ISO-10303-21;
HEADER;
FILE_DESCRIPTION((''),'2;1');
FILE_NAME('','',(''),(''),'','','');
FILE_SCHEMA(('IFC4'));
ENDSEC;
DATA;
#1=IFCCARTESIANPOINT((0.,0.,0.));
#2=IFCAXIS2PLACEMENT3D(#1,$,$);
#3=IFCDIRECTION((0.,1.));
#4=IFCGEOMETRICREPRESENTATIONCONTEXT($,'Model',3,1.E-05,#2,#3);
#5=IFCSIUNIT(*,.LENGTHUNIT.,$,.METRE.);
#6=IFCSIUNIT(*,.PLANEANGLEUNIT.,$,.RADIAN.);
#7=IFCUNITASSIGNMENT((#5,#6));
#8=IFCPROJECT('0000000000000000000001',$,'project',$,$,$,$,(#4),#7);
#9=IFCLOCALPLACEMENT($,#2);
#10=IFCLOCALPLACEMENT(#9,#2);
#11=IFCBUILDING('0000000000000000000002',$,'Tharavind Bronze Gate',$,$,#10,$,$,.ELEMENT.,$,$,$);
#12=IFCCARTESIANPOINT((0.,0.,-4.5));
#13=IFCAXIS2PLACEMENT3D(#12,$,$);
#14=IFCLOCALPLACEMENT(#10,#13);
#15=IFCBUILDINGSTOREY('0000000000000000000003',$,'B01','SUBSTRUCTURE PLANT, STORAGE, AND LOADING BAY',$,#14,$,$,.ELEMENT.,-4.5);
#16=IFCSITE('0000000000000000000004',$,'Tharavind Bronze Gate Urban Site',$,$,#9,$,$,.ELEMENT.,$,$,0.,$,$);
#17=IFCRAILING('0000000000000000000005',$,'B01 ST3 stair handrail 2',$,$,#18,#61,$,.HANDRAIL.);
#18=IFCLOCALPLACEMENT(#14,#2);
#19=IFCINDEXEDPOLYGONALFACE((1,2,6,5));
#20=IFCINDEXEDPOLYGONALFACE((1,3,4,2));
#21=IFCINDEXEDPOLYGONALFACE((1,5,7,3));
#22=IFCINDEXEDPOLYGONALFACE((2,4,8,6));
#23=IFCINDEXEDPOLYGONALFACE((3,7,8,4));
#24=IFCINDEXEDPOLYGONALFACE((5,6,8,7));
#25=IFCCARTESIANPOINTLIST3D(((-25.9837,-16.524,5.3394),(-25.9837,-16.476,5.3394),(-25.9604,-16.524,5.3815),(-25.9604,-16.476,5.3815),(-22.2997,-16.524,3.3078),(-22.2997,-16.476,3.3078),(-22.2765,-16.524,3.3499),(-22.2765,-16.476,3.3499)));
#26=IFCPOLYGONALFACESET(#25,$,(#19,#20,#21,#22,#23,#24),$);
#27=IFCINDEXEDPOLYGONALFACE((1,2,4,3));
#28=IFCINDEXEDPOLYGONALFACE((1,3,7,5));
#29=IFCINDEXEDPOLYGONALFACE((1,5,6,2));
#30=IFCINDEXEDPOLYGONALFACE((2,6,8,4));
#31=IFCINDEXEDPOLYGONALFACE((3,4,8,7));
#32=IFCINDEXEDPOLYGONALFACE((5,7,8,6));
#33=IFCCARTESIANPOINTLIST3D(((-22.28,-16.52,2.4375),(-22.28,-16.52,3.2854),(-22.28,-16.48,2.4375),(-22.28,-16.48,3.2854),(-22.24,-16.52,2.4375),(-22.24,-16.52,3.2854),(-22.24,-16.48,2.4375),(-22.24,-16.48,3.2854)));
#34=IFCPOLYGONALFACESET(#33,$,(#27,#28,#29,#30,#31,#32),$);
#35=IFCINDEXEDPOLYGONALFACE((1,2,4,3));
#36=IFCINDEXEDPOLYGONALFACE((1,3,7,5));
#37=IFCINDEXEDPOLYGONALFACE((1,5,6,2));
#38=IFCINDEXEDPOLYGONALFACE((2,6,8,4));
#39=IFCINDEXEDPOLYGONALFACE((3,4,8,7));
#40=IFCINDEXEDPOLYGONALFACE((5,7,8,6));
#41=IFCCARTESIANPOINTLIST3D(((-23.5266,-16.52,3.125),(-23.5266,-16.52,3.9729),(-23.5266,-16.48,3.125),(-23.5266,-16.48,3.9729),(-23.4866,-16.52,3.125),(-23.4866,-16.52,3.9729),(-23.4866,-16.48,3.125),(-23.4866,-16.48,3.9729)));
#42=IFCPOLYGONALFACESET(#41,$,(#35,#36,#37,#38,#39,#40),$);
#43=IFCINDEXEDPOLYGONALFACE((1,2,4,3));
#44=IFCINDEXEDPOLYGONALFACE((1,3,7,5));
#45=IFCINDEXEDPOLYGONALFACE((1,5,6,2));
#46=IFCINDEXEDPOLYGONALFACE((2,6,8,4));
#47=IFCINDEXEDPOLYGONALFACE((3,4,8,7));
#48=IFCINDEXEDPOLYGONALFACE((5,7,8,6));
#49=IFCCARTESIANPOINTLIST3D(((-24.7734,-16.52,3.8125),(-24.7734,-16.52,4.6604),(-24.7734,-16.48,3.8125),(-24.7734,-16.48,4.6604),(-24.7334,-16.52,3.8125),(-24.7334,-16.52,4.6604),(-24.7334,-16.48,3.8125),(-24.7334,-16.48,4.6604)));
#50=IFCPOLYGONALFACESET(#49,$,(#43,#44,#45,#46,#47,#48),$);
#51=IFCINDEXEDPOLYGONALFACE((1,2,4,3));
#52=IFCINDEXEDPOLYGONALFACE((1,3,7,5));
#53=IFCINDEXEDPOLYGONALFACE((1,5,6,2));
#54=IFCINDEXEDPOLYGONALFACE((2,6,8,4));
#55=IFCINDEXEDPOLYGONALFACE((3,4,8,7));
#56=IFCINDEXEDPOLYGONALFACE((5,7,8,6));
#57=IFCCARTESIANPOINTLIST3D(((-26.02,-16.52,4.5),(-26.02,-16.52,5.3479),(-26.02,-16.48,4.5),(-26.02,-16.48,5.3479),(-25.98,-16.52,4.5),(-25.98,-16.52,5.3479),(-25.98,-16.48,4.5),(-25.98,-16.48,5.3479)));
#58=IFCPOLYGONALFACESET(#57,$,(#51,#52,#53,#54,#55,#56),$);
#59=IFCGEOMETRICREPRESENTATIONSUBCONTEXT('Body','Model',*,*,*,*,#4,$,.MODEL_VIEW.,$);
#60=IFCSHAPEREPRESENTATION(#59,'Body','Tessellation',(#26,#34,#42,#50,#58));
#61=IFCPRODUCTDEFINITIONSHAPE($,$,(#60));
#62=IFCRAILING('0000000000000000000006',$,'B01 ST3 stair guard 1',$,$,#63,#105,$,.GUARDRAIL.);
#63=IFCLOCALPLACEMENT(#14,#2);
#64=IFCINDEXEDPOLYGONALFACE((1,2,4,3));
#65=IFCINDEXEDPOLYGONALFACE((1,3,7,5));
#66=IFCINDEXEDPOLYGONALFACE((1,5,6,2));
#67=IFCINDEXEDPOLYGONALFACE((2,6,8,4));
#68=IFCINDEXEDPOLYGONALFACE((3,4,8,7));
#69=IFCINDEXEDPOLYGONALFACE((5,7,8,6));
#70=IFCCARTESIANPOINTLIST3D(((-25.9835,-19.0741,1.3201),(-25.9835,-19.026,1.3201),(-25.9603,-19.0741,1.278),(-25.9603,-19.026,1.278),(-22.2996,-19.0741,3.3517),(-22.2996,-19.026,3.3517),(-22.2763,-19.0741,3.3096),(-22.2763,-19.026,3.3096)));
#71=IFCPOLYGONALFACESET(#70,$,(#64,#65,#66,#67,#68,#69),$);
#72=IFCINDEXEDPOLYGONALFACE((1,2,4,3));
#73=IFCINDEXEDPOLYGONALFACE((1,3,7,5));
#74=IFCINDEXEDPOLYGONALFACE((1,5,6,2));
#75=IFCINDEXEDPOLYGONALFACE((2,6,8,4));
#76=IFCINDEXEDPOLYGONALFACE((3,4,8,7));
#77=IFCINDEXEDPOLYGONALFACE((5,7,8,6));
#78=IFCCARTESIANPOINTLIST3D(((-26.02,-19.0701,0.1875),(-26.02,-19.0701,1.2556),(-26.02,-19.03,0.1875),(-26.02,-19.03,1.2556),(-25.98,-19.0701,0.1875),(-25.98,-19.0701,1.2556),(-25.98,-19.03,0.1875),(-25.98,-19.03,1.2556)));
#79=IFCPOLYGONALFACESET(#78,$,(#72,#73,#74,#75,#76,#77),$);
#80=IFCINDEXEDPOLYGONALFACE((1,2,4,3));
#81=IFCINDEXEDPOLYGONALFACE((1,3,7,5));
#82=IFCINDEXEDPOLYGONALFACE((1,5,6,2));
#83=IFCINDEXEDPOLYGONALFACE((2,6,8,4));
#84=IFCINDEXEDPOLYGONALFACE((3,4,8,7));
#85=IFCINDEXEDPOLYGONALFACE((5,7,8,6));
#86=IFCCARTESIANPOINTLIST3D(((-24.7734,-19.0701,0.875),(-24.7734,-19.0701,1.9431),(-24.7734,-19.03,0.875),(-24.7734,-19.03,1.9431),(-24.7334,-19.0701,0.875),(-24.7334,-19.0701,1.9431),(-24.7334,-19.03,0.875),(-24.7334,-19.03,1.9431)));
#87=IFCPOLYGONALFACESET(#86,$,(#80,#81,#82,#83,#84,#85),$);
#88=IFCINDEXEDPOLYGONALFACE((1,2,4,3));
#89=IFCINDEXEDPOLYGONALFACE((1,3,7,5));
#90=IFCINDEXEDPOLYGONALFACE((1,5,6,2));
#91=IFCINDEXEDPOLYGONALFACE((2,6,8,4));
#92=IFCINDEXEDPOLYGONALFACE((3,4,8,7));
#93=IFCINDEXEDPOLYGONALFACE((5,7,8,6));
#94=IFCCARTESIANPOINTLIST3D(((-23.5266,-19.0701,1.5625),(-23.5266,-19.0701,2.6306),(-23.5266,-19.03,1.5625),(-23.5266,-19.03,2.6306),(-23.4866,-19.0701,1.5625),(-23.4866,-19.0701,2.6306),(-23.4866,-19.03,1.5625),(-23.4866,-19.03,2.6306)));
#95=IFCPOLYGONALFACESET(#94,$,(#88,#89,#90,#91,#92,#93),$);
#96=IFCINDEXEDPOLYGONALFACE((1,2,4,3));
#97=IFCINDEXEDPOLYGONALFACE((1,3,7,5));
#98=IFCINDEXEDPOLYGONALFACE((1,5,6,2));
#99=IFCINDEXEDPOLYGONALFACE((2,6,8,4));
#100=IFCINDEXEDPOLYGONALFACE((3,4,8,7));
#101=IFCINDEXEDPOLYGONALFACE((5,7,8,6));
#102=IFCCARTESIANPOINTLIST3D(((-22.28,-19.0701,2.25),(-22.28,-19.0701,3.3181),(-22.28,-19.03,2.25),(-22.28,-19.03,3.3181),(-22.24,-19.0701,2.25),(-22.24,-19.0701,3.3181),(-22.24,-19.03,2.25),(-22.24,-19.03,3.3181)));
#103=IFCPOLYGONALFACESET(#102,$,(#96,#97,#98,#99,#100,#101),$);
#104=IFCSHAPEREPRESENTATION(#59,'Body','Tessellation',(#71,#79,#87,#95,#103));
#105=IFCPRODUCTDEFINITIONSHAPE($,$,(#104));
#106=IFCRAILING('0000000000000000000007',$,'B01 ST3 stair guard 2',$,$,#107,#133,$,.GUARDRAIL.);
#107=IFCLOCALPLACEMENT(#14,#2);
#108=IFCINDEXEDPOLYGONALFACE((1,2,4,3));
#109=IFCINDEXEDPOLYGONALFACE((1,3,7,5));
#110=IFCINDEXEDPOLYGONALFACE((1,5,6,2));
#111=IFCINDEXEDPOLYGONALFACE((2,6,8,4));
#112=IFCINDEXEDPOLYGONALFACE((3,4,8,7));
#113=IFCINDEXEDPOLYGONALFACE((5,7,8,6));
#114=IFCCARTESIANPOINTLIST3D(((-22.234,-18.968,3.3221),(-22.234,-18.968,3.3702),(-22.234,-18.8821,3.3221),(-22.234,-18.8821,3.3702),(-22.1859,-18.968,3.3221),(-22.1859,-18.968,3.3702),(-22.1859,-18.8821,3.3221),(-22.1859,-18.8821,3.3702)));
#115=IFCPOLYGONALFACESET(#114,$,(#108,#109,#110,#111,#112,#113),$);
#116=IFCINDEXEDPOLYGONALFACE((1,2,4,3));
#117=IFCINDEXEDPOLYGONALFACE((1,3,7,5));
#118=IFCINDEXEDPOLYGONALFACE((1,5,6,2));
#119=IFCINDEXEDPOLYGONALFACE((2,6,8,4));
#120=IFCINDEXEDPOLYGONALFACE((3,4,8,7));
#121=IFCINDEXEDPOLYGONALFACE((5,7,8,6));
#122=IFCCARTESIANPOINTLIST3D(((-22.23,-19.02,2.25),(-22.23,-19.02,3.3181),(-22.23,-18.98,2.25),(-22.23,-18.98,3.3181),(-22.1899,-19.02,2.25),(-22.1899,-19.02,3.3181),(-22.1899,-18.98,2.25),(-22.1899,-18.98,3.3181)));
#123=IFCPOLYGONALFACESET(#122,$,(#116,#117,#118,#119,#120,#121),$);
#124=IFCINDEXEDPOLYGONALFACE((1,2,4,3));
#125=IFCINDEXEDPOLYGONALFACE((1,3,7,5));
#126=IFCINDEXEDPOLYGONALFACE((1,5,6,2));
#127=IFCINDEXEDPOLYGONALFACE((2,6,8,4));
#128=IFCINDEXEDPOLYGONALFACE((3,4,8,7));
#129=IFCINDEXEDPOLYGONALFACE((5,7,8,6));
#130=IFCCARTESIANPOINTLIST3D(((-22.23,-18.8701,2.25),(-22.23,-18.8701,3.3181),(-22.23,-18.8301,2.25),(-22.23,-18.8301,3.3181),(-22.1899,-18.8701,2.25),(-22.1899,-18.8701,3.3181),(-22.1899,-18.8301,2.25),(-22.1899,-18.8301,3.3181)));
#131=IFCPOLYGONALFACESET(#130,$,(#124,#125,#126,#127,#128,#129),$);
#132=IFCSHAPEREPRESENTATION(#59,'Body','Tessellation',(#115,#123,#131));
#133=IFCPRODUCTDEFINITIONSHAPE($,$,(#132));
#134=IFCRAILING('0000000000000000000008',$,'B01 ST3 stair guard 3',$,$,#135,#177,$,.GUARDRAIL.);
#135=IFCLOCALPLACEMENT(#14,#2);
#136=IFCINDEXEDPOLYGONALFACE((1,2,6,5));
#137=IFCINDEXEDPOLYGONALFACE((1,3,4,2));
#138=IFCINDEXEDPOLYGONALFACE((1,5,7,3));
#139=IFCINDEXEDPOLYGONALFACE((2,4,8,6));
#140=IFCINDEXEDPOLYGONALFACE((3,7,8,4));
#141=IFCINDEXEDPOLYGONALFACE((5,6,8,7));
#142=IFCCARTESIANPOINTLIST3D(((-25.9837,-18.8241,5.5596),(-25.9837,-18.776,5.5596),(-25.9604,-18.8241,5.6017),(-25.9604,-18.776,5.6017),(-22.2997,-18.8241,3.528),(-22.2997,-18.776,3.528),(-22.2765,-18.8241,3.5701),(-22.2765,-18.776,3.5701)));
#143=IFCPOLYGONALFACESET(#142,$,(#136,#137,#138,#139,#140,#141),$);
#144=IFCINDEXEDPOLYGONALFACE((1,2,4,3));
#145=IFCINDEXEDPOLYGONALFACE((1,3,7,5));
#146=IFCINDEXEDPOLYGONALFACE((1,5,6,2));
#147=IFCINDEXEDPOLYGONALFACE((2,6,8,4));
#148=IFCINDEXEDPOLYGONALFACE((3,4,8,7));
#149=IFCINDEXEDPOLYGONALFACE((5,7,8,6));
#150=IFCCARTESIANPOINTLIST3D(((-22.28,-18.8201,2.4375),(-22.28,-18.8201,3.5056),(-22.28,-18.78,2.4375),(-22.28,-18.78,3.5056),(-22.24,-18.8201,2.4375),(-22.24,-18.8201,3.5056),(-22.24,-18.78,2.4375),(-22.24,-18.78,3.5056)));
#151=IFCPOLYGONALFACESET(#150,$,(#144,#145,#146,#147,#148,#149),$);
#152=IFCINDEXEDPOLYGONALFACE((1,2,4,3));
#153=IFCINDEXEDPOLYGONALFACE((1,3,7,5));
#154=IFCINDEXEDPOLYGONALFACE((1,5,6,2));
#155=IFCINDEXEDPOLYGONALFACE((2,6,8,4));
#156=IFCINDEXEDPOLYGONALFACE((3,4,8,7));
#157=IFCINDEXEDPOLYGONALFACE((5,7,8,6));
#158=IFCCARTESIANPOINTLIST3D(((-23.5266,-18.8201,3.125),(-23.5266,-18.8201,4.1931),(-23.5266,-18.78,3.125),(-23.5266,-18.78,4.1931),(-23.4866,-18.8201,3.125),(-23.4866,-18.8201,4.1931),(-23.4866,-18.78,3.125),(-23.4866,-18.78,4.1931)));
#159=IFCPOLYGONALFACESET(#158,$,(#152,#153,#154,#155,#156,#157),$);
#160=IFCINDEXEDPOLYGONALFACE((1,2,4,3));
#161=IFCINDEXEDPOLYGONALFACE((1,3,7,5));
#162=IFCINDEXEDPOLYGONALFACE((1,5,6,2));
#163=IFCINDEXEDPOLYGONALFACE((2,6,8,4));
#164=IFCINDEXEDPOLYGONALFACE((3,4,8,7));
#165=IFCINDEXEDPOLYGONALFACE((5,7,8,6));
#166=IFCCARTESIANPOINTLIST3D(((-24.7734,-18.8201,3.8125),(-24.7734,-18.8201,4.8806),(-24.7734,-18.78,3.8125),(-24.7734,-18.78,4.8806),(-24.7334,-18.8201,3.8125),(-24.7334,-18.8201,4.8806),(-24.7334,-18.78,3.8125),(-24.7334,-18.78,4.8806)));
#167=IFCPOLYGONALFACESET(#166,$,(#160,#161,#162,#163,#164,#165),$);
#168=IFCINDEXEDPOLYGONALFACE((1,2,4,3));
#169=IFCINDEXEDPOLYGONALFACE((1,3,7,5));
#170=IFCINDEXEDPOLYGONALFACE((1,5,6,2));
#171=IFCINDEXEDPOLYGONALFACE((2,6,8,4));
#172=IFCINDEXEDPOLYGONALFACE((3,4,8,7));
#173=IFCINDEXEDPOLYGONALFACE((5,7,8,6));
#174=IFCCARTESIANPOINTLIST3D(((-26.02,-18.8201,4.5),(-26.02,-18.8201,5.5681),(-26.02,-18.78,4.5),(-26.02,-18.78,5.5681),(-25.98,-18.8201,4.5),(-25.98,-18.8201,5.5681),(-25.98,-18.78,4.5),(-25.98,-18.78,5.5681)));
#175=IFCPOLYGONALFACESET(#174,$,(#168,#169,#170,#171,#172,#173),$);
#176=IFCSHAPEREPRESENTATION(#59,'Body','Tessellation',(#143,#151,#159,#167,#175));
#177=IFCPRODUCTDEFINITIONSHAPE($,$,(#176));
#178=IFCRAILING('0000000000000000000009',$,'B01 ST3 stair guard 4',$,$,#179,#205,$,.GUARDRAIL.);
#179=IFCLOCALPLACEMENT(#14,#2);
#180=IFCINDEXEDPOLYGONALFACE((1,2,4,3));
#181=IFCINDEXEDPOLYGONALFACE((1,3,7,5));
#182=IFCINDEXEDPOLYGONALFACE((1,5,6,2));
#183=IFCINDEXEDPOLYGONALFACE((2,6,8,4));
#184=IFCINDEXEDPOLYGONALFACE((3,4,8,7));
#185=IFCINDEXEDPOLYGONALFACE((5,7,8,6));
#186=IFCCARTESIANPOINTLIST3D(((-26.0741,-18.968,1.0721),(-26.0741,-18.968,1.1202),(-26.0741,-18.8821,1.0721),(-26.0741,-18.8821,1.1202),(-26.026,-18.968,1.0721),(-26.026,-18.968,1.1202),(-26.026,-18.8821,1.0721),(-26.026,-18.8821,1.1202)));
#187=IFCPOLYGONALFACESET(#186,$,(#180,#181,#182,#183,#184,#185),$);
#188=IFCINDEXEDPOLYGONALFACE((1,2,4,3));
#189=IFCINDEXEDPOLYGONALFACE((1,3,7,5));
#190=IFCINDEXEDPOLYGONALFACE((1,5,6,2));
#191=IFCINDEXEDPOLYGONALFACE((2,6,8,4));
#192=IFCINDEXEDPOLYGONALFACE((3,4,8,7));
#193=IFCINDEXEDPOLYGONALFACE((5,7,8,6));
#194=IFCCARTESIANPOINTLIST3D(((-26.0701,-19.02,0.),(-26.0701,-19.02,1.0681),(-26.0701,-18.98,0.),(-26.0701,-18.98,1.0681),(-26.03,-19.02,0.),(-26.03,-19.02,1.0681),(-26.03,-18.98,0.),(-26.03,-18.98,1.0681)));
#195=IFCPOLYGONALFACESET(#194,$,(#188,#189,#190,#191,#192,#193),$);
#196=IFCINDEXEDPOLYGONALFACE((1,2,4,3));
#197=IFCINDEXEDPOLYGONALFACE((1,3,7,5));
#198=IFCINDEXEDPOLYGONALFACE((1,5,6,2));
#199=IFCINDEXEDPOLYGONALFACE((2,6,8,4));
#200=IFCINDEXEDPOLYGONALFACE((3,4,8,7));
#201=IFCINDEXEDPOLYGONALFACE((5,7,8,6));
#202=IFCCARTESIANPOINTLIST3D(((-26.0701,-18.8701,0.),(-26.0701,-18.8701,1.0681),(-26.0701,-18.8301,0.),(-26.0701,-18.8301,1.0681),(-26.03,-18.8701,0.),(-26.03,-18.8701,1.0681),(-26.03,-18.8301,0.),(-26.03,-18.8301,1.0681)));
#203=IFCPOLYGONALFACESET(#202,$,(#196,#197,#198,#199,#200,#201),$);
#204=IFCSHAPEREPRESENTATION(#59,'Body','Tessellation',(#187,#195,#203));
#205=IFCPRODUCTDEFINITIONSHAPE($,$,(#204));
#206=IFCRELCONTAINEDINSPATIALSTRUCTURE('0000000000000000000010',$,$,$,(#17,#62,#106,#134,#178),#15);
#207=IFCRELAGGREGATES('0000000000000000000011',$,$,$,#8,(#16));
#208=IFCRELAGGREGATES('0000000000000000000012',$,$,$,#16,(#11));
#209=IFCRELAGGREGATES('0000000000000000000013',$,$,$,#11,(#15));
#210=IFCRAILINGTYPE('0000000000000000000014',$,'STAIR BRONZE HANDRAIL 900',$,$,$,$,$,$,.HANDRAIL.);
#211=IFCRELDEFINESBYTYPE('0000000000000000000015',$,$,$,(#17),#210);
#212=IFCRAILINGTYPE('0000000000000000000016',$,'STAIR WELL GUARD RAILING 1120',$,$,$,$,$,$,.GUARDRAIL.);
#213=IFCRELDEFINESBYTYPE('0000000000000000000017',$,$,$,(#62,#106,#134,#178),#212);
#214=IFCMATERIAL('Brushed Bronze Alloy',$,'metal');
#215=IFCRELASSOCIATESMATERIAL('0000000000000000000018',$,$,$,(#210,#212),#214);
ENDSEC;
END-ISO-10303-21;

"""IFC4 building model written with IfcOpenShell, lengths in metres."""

from ifc_helpers import new_model, si_unit, direction, frame, origin, origin_2d, place, context, subcontext, project, spatial, rectangle, extrude, material, type_object, element, save


model = new_model("IFC4")

# Units and contexts
model_context = context("Model", 3, precision=1e-05, world=origin(), true_north=direction((0.0, 1.0)))
body_context = subcontext(model_context, "Body", "Model", "MODEL_VIEW")
ifc_project = project(units=[si_unit("LENGTHUNIT", "METRE"), si_unit("PLANEANGLEUNIT", "RADIAN")], contexts=[model_context])

# Site, building, storey
site_placement = place(None, origin())
site = spatial("IfcSite", under=ifc_project, at=site_placement, Name="Tharavind Bronze Gate Urban Site", CompositionType="ELEMENT", RefElevation=0.0)
building_placement = place(site_placement, origin())
building = spatial("IfcBuilding", under=site, at=building_placement, Name="Tharavind Bronze Gate", CompositionType="ELEMENT")
storey_placement = place(building_placement, frame((0.0, 0.0, -4.5)))
storey = spatial("IfcBuildingStorey", under=building, at=storey_placement, Name="B01", Description="SUBSTRUCTURE PLANT, STORAGE, AND LOADING BAY", CompositionType="ELEMENT", Elevation=-4.5)

# Railings
ifc_material_1 = material(Name="Brushed Bronze Alloy", Category="metal")
railing_type_1 = type_object("IfcRailingType", Name="STAIR BRONZE HANDRAIL 900", PredefinedType="HANDRAIL", material=ifc_material_1)
railing_1_placement = place(storey_placement, frame((-22.26, -16.5, 2.4375)))
element("IfcRailing", 1, at=railing_1_placement, inside=storey, type_object=railing_type_1, Name="B01 ST3 stair handrail 2", PredefinedType="HANDRAIL", context=body_context, shape_type="SweptSolid", body=[
    extrude(rectangle(XDim=0.0481, YDim=0.0481, at=origin_2d()), frame((-0.0281, 0.0, 0.8914), z_axis=(-0.875671, 0.0, 0.482908), x_axis=(0.0, -1.0, 0.0)), (0.0, 0.0, 1.0), 4.207),
    extrude(rectangle(XDim=0.04, YDim=0.04, at=origin_2d()), origin(), (0.0, 0.0, 1.0), 0.8479),
    extrude(rectangle(XDim=0.04, YDim=0.04, at=origin_2d()), frame((-1.2466, 0.0, 0.6875)), (0.0, 0.0, 1.0), 0.8479),
    extrude(rectangle(XDim=0.04, YDim=0.04, at=origin_2d()), frame((-2.4934, 0.0, 1.375)), (0.0, 0.0, 1.0), 0.8479),
    extrude(rectangle(XDim=0.04, YDim=0.04, at=origin_2d()), frame((-3.74, 0.0, 2.0625)), (0.0, 0.0, 1.0), 0.8479),
])
railing_type_2 = type_object("IfcRailingType", Name="STAIR WELL GUARD RAILING 1120", PredefinedType="GUARDRAIL", material=ifc_material_1)
railing_2_placement = place(storey_placement, frame((-26.0, -19.05, 0.1875)))
element("IfcRailing", 2, at=railing_2_placement, inside=storey, type_object=railing_type_2, Name="B01 ST3 stair guard 1", PredefinedType="GUARDRAIL", context=body_context, shape_type="SweptSolid", body=[
    extrude(rectangle(XDim=0.0481, YDim=0.0481, at=origin_2d()), frame((0.0281, 0.0, 1.1116), z_axis=(0.875671, 0.0, 0.482908), x_axis=(0.0, 1.0, 0.0)), (0.0, 0.0, 1.0), 4.207),
    extrude(rectangle(XDim=0.04, YDim=0.04, at=origin_2d()), origin(), (0.0, 0.0, 1.0), 1.0681),
    extrude(rectangle(XDim=0.04, YDim=0.04, at=origin_2d()), frame((1.2466, 0.0, 0.6875)), (0.0, 0.0, 1.0), 1.0681),
    extrude(rectangle(XDim=0.04, YDim=0.04, at=origin_2d()), frame((2.4934, 0.0, 1.375)), (0.0, 0.0, 1.0), 1.0681),
    extrude(rectangle(XDim=0.04, YDim=0.04, at=origin_2d()), frame((3.74, 0.0, 2.0625)), (0.0, 0.0, 1.0), 1.0681),
])
railing_3_placement = place(storey_placement, frame((-22.21, -19.0, 2.25)))
element("IfcRailing", 3, at=railing_3_placement, inside=storey, type_object=railing_type_2, Name="B01 ST3 stair guard 2", PredefinedType="GUARDRAIL", context=body_context, shape_type="SweptSolid", body=[
    extrude(rectangle(XDim=0.0481, YDim=0.0481, at=origin_2d()), frame((0.0, 0.032, 1.0962), z_axis=(0.0, 1.0, 0.0), x_axis=(-1.0, 0.0, 0.0)), (0.0, 0.0, 1.0), 0.0859),
    extrude(rectangle(XDim=0.04, YDim=0.04, at=origin_2d()), origin(), (0.0, 0.0, 1.0), 1.0681),
    extrude(rectangle(XDim=0.04, YDim=0.04, at=origin_2d()), frame((0.0, 0.1499, 0.0)), (0.0, 0.0, 1.0), 1.0681),
])
railing_4_placement = place(storey_placement, frame((-22.26, -18.8, 2.4375)))
element("IfcRailing", 4, at=railing_4_placement, inside=storey, type_object=railing_type_2, Name="B01 ST3 stair guard 3", PredefinedType="GUARDRAIL", context=body_context, shape_type="SweptSolid", body=[
    extrude(rectangle(XDim=0.0481, YDim=0.0481, at=origin_2d()), frame((-0.0281, 0.0, 1.1116), z_axis=(-0.875671, 0.0, 0.482908), x_axis=(0.0, -1.0, 0.0)), (0.0, 0.0, 1.0), 4.207),
    extrude(rectangle(XDim=0.04, YDim=0.04, at=origin_2d()), origin(), (0.0, 0.0, 1.0), 1.0681),
    extrude(rectangle(XDim=0.04, YDim=0.04, at=origin_2d()), frame((-1.2466, 0.0, 0.6875)), (0.0, 0.0, 1.0), 1.0681),
    extrude(rectangle(XDim=0.04, YDim=0.04, at=origin_2d()), frame((-2.4934, 0.0, 1.375)), (0.0, 0.0, 1.0), 1.0681),
    extrude(rectangle(XDim=0.04, YDim=0.04, at=origin_2d()), frame((-3.74, 0.0, 2.0625)), (0.0, 0.0, 1.0), 1.0681),
])
railing_5_placement = place(storey_placement, frame((-26.05, -19.0, 0.0)))
element("IfcRailing", 5, at=railing_5_placement, inside=storey, type_object=railing_type_2, Name="B01 ST3 stair guard 4", PredefinedType="GUARDRAIL", context=body_context, shape_type="SweptSolid", body=[
    extrude(rectangle(XDim=0.0481, YDim=0.0481, at=origin_2d()), frame((0.0, 0.032, 1.0962), z_axis=(0.0, 1.0, 0.0), x_axis=(-1.0, 0.0, 0.0)), (0.0, 0.0, 1.0), 0.0859),
    extrude(rectangle(XDim=0.04, YDim=0.04, at=origin_2d()), origin(), (0.0, 0.0, 1.0), 1.0681),
    extrude(rectangle(XDim=0.04, YDim=0.04, at=origin_2d()), frame((0.0, 0.1499, 0.0)), (0.0, 0.0, 1.0), 1.0681),
])

save(model, "model.ifc")
